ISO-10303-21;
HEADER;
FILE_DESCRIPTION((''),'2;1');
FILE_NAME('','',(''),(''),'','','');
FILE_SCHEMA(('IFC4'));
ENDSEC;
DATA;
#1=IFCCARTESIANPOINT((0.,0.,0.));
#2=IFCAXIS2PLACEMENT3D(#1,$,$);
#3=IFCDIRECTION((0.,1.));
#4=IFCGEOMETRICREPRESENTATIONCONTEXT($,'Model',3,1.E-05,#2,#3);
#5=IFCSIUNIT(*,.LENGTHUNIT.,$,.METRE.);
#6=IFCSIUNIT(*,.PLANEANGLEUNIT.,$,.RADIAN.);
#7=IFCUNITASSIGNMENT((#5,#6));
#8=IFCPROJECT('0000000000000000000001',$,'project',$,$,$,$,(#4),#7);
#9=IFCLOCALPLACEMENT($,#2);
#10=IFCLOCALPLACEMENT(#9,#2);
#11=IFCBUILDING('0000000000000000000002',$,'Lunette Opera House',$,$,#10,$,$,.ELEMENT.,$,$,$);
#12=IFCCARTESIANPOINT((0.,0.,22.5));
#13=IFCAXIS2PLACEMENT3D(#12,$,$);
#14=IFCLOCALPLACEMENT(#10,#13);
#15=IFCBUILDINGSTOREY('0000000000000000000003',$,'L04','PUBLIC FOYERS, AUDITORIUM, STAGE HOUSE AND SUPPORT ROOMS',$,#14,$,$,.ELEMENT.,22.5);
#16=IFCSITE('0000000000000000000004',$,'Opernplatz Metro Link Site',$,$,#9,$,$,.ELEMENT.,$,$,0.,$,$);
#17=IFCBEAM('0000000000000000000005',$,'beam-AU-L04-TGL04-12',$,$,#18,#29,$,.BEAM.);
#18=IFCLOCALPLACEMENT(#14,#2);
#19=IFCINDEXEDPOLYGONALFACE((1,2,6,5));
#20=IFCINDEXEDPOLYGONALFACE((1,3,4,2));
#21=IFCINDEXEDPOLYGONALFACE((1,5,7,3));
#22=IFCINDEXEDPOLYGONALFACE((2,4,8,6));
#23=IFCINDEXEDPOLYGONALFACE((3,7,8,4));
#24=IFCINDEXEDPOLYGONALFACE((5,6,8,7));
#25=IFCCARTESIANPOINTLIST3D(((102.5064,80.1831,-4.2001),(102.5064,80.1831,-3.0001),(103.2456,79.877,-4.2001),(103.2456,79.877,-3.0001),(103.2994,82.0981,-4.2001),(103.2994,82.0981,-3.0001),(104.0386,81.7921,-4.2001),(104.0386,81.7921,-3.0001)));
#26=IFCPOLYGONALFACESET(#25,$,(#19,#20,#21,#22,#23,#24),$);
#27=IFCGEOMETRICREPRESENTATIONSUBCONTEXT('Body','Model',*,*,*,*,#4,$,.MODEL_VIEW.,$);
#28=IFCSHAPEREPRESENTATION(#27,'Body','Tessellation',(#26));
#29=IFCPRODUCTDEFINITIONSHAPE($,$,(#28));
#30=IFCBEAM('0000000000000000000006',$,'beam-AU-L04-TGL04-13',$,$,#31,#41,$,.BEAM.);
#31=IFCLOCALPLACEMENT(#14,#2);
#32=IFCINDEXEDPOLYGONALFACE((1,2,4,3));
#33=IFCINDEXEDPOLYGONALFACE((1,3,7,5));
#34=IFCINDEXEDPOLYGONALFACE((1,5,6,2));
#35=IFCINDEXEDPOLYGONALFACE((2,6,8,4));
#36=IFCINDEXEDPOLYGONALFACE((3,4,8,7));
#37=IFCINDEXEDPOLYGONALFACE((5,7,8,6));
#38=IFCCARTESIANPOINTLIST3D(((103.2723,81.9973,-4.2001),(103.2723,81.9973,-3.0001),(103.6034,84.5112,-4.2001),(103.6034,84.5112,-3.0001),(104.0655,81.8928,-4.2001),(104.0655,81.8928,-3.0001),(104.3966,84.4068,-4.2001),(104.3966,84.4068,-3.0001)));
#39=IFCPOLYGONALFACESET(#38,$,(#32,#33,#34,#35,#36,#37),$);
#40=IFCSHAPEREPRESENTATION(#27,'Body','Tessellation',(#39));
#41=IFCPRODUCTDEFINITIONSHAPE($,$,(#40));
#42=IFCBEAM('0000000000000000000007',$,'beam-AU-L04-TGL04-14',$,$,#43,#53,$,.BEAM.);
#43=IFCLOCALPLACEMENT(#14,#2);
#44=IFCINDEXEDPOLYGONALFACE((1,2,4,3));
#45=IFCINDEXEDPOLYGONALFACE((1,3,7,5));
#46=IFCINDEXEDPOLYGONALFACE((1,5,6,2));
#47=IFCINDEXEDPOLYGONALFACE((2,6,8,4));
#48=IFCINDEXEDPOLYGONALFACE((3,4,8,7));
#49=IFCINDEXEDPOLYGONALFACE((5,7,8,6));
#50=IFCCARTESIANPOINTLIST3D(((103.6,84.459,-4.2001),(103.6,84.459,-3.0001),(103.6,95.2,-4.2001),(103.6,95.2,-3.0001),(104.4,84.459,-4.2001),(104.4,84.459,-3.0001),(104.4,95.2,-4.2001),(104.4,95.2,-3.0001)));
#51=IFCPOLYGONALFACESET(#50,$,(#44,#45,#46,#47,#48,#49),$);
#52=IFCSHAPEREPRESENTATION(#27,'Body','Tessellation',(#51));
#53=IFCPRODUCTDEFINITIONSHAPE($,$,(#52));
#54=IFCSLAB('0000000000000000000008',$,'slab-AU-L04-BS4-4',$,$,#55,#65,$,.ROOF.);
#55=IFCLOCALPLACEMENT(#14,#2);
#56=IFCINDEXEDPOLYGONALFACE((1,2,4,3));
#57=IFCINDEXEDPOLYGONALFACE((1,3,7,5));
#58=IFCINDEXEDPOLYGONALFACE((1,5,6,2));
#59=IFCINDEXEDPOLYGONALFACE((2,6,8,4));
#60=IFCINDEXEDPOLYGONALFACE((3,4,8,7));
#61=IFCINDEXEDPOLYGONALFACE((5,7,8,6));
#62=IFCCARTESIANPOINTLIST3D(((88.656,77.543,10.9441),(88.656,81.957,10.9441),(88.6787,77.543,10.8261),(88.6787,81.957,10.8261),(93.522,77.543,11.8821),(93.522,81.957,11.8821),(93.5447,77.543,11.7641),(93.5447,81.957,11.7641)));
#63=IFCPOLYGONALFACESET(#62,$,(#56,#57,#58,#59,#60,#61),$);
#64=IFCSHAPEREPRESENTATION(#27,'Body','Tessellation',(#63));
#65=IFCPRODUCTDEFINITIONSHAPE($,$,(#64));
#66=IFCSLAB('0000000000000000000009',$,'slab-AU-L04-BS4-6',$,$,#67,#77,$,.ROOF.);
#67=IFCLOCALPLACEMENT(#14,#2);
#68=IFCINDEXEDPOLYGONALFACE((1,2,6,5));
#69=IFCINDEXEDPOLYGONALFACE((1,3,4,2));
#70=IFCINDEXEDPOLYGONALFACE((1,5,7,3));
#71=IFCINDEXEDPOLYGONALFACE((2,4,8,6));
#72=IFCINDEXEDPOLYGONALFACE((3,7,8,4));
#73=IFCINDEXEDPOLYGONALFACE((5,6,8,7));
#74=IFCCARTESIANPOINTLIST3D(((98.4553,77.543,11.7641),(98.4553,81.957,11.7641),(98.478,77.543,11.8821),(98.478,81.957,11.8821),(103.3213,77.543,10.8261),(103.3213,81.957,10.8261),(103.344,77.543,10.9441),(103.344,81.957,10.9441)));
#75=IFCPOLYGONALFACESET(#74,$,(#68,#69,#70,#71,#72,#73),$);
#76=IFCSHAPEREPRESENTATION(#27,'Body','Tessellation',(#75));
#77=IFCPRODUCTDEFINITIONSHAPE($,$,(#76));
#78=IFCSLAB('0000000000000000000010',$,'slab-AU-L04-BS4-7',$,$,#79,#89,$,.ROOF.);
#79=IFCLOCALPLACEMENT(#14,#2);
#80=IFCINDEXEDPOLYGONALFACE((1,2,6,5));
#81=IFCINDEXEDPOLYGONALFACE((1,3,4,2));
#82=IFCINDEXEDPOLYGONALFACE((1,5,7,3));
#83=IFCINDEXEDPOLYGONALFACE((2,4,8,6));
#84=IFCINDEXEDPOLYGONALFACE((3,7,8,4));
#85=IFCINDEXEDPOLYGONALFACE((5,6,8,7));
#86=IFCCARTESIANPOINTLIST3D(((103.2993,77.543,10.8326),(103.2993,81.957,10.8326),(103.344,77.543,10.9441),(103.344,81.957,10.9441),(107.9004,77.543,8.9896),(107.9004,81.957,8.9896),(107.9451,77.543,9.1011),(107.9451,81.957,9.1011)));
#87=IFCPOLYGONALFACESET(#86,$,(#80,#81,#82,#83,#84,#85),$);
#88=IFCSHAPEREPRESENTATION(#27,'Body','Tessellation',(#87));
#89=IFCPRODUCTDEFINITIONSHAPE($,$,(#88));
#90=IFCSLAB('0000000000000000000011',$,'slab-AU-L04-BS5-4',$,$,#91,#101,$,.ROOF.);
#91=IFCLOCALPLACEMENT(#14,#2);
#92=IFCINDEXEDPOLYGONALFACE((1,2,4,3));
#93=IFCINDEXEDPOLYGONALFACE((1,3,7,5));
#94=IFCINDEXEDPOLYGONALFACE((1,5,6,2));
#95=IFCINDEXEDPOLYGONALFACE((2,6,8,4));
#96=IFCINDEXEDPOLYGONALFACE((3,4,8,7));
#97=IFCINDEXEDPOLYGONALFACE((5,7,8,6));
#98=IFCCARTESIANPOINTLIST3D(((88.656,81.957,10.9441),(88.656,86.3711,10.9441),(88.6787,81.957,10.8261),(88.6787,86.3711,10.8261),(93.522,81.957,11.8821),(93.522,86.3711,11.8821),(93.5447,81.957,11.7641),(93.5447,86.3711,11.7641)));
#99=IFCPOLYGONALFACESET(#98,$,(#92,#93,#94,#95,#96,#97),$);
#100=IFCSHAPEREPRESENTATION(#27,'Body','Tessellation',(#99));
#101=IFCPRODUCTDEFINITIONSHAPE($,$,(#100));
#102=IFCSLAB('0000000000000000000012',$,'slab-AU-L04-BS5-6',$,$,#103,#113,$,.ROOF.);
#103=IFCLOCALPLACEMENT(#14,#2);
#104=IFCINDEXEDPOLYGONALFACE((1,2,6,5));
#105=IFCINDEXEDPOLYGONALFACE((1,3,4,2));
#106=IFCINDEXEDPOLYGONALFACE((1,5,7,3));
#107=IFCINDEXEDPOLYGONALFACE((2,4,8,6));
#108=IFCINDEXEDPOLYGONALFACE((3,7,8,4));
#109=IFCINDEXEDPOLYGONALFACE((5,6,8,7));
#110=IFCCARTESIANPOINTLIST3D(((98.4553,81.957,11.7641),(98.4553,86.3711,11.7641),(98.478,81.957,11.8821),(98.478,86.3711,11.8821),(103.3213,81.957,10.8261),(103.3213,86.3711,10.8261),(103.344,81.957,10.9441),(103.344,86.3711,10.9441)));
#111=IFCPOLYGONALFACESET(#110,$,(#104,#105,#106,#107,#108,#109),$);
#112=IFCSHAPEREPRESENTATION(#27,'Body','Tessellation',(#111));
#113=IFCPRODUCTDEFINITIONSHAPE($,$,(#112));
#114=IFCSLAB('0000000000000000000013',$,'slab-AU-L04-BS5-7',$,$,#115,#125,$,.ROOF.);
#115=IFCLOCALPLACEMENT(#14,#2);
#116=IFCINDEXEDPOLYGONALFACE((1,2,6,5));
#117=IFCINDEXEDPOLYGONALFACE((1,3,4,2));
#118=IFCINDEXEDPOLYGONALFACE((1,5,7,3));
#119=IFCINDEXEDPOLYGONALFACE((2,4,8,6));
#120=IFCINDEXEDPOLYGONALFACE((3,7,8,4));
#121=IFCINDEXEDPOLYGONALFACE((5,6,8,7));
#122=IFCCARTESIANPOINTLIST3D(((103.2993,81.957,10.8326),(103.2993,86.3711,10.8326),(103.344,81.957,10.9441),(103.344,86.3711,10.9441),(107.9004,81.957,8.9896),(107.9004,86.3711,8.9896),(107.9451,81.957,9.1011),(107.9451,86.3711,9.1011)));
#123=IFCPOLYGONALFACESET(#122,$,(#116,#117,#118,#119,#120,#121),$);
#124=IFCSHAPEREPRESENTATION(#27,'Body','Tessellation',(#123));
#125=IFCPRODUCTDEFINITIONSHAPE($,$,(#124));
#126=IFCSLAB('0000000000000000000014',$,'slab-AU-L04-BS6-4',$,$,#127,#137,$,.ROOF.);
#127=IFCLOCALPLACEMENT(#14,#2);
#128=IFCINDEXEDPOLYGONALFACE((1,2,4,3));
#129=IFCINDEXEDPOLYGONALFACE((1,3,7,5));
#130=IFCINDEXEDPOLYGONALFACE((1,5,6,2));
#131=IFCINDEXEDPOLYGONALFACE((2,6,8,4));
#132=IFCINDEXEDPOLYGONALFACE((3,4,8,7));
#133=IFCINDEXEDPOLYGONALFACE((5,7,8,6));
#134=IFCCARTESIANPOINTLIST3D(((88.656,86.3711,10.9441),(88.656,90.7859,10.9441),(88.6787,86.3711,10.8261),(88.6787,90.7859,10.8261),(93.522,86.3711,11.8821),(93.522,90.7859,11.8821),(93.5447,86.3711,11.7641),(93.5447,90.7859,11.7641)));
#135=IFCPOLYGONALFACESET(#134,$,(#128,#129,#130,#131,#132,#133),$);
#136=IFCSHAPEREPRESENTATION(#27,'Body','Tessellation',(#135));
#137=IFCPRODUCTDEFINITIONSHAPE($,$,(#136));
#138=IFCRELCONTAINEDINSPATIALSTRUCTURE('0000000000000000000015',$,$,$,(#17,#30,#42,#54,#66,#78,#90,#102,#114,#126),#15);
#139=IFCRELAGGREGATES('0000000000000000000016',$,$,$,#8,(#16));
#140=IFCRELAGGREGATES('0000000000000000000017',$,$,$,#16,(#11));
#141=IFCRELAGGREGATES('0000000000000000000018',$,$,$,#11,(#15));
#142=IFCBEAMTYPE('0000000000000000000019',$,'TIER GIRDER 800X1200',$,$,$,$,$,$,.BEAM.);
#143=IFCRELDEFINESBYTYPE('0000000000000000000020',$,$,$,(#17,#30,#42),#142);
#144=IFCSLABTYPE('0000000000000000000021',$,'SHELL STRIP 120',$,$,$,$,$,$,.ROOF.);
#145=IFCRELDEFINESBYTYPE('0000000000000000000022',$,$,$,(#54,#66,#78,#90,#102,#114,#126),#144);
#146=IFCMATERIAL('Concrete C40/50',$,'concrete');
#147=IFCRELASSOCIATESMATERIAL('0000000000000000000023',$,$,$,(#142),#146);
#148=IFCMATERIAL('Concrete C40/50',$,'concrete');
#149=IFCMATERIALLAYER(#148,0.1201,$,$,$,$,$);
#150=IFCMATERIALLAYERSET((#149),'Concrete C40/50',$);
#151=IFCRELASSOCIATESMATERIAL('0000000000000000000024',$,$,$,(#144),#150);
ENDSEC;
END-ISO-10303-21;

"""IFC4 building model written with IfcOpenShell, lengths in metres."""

from ifc_helpers import new_model, si_unit, direction, frame, origin, origin_2d, place, context, subcontext, project, spatial, polyline, rectangle, outline, extrude, material, layer, layer_set, material_profile, profile_set, type_object, element, save


model = new_model("IFC4")

# Units and contexts
model_context = context("Model", 3, precision=1e-05, world=origin(), true_north=direction((0.0, 1.0)))
body_context = subcontext(model_context, "Body", "Model", "MODEL_VIEW")
ifc_project = project(units=[si_unit("LENGTHUNIT", "METRE"), si_unit("PLANEANGLEUNIT", "RADIAN")], contexts=[model_context])

# Site, building, storey
site_placement = place(None, origin())
site = spatial("IfcSite", under=ifc_project, at=site_placement, Name="Opernplatz Metro Link Site", CompositionType="ELEMENT", RefElevation=0.0)
building_placement = place(site_placement, origin())
building = spatial("IfcBuilding", under=site, at=building_placement, Name="Lunette Opera House", CompositionType="ELEMENT")
storey_placement = place(building_placement, frame((0.0, 0.0, 22.5)))
storey = spatial("IfcBuildingStorey", under=building, at=storey_placement, Name="L04", Description="PUBLIC FOYERS, AUDITORIUM, STAGE HOUSE AND SUPPORT ROOMS", CompositionType="ELEMENT", Elevation=22.5)

# Beams
ifc_material_1 = material(Name="Concrete C40/50", Category="concrete")
ifc_material_profile_1 = material_profile(ifc_material_1, rectangle(XDim=0.8, YDim=1.2, at=origin_2d()), Name="TIER GIRDER 800X1200")
ifc_profile_set_1 = profile_set([ifc_material_profile_1], Name="Concrete C40/50")
beam_type_1 = type_object("IfcBeamType", Name="TIER GIRDER 800X1200", PredefinedType="BEAM", material=ifc_profile_set_1)
beam_1_placement = place(storey_placement, frame((102.876, 80.03, -3.6001), z_axis=(0.382574, 0.923925, 0.0), x_axis=(-0.923925, 0.382574, 0.0)))
element("IfcBeam", 1, at=beam_1_placement, inside=storey, type_object=beam_type_1, Name="beam-AU-L04-TGL04-12", PredefinedType="BEAM", context=body_context, shape_type="SweptSolid", body=[
    extrude(rectangle(XDim=0.8, YDim=1.2, at=origin_2d()), origin(), (0.0, 0.0, 1.0), 2.0728),
])
beam_2_placement = place(storey_placement, frame((103.6689, 81.9451, -3.6001), z_axis=(0.130562, 0.99144, 0.0), x_axis=(-0.99144, 0.130562, 0.0)))
element("IfcBeam", 2, at=beam_2_placement, inside=storey, type_object=beam_type_1, Name="beam-AU-L04-TGL04-13", PredefinedType="BEAM", context=body_context, shape_type="SweptSolid", body=[
    extrude(rectangle(XDim=0.8, YDim=1.2, at=origin_2d()), origin(), (0.0, 0.0, 1.0), 2.5356),
])
beam_3_placement = place(storey_placement, frame((104.0, 84.459, -3.6001), z_axis=(0.0, 1.0, 0.0), x_axis=(-1.0, 0.0, 0.0)))
element("IfcBeam", 3, at=beam_3_placement, inside=storey, type_object=beam_type_1, Name="beam-AU-L04-TGL04-14", PredefinedType="BEAM", context=body_context, shape_type="SweptSolid", body=[
    extrude(rectangle(XDim=0.8, YDim=1.2, at=origin_2d()), origin(), (0.0, 0.0, 1.0), 10.741),
])

# Slabs
ifc_material_2 = material(Name="Concrete C40/50", Category="concrete")
ifc_layer = layer(ifc_material_2, 0.1201)
ifc_layer_set = layer_set([ifc_layer], Name="Concrete C40/50")
slab_type = type_object("IfcSlabType", Name="SHELL STRIP 120", PredefinedType="ROOF", material=ifc_layer_set)
for number, where, z_axis, x_axis, name in (
    (4, (88.656, 77.543, 10.9441), (-0.18928, 0.0, 0.981923), (0.981923, 0.0, 0.18928), "slab-AU-L04-BS4-4"),
    (5, (98.478, 77.543, 11.8821), (0.18928, 0.0, 0.981923), (0.981923, 0.0, -0.18928), "slab-AU-L04-BS4-6"),
):
    element("IfcSlab", number, at=place(storey_placement, frame(where, z_axis=z_axis, x_axis=x_axis)), inside=storey, type_object=slab_type, Name=name, PredefinedType="ROOF", context=body_context, shape_type="SweptSolid", body=[
        extrude(outline(polyline([(0.0, 0.0), (4.9555, 0.0), (4.9555, 4.4141), (0.0, 4.4141), (0.0, 0.0)])), origin(), (0.0, 0.0, -1.0), 0.1201),
    ])
slab_1_placement = place(storey_placement, frame((103.344, 77.543, 10.9441), z_axis=(0.371841, 0.0, 0.928297), x_axis=(0.928297, 0.0, -0.371841)))
element("IfcSlab", 6, at=slab_1_placement, inside=storey, type_object=slab_type, Name="slab-AU-L04-BS4-7", PredefinedType="ROOF", context=body_context, shape_type="SweptSolid", body=[
    extrude(outline(polyline([(0.0, 0.0), (4.9565, 0.0), (4.9565, 4.4141), (0.0, 4.4141), (0.0, 0.0)])), origin(), (0.0, 0.0, -1.0), 0.1201),
])
for number, where, z_axis, x_axis, name in (
    (7, (88.656, 81.957, 10.9441), (-0.18928, 0.0, 0.981923), (0.981923, 0.0, 0.18928), "slab-AU-L04-BS5-4"),
    (8, (98.478, 81.957, 11.8821), (0.18928, 0.0, 0.981923), (0.981923, 0.0, -0.18928), "slab-AU-L04-BS5-6"),
):
    element("IfcSlab", number, at=place(storey_placement, frame(where, z_axis=z_axis, x_axis=x_axis)), inside=storey, type_object=slab_type, Name=name, PredefinedType="ROOF", context=body_context, shape_type="SweptSolid", body=[
        extrude(outline(polyline([(0.0, 0.0), (4.9555, 0.0), (4.9555, 4.4141), (0.0, 4.4141), (0.0, 0.0)])), origin(), (0.0, 0.0, -1.0), 0.1201),
    ])
slab_2_placement = place(storey_placement, frame((103.344, 81.957, 10.9441), z_axis=(0.371841, 0.0, 0.928297), x_axis=(0.928297, 0.0, -0.371841)))
element("IfcSlab", 9, at=slab_2_placement, inside=storey, type_object=slab_type, Name="slab-AU-L04-BS5-7", PredefinedType="ROOF", context=body_context, shape_type="SweptSolid", body=[
    extrude(outline(polyline([(0.0, 0.0), (4.9565, 0.0), (4.9565, 4.4141), (0.0, 4.4141), (0.0, 0.0)])), origin(), (0.0, 0.0, -1.0), 0.1201),
])
slab_3_placement = place(storey_placement, frame((88.656, 86.3711, 10.9441), z_axis=(-0.18928, 0.0, 0.981923), x_axis=(0.981923, 0.0, 0.18928)))
element("IfcSlab", 10, at=slab_3_placement, inside=storey, type_object=slab_type, Name="slab-AU-L04-BS6-4", PredefinedType="ROOF", context=body_context, shape_type="SweptSolid", body=[
    extrude(outline(polyline([(0.0, 0.0), (4.9555, 0.0), (4.9555, 4.4148), (0.0, 4.4148), (0.0, 0.0)])), origin(), (0.0, 0.0, -1.0), 0.1201),
])

save(model, "model.ifc")
